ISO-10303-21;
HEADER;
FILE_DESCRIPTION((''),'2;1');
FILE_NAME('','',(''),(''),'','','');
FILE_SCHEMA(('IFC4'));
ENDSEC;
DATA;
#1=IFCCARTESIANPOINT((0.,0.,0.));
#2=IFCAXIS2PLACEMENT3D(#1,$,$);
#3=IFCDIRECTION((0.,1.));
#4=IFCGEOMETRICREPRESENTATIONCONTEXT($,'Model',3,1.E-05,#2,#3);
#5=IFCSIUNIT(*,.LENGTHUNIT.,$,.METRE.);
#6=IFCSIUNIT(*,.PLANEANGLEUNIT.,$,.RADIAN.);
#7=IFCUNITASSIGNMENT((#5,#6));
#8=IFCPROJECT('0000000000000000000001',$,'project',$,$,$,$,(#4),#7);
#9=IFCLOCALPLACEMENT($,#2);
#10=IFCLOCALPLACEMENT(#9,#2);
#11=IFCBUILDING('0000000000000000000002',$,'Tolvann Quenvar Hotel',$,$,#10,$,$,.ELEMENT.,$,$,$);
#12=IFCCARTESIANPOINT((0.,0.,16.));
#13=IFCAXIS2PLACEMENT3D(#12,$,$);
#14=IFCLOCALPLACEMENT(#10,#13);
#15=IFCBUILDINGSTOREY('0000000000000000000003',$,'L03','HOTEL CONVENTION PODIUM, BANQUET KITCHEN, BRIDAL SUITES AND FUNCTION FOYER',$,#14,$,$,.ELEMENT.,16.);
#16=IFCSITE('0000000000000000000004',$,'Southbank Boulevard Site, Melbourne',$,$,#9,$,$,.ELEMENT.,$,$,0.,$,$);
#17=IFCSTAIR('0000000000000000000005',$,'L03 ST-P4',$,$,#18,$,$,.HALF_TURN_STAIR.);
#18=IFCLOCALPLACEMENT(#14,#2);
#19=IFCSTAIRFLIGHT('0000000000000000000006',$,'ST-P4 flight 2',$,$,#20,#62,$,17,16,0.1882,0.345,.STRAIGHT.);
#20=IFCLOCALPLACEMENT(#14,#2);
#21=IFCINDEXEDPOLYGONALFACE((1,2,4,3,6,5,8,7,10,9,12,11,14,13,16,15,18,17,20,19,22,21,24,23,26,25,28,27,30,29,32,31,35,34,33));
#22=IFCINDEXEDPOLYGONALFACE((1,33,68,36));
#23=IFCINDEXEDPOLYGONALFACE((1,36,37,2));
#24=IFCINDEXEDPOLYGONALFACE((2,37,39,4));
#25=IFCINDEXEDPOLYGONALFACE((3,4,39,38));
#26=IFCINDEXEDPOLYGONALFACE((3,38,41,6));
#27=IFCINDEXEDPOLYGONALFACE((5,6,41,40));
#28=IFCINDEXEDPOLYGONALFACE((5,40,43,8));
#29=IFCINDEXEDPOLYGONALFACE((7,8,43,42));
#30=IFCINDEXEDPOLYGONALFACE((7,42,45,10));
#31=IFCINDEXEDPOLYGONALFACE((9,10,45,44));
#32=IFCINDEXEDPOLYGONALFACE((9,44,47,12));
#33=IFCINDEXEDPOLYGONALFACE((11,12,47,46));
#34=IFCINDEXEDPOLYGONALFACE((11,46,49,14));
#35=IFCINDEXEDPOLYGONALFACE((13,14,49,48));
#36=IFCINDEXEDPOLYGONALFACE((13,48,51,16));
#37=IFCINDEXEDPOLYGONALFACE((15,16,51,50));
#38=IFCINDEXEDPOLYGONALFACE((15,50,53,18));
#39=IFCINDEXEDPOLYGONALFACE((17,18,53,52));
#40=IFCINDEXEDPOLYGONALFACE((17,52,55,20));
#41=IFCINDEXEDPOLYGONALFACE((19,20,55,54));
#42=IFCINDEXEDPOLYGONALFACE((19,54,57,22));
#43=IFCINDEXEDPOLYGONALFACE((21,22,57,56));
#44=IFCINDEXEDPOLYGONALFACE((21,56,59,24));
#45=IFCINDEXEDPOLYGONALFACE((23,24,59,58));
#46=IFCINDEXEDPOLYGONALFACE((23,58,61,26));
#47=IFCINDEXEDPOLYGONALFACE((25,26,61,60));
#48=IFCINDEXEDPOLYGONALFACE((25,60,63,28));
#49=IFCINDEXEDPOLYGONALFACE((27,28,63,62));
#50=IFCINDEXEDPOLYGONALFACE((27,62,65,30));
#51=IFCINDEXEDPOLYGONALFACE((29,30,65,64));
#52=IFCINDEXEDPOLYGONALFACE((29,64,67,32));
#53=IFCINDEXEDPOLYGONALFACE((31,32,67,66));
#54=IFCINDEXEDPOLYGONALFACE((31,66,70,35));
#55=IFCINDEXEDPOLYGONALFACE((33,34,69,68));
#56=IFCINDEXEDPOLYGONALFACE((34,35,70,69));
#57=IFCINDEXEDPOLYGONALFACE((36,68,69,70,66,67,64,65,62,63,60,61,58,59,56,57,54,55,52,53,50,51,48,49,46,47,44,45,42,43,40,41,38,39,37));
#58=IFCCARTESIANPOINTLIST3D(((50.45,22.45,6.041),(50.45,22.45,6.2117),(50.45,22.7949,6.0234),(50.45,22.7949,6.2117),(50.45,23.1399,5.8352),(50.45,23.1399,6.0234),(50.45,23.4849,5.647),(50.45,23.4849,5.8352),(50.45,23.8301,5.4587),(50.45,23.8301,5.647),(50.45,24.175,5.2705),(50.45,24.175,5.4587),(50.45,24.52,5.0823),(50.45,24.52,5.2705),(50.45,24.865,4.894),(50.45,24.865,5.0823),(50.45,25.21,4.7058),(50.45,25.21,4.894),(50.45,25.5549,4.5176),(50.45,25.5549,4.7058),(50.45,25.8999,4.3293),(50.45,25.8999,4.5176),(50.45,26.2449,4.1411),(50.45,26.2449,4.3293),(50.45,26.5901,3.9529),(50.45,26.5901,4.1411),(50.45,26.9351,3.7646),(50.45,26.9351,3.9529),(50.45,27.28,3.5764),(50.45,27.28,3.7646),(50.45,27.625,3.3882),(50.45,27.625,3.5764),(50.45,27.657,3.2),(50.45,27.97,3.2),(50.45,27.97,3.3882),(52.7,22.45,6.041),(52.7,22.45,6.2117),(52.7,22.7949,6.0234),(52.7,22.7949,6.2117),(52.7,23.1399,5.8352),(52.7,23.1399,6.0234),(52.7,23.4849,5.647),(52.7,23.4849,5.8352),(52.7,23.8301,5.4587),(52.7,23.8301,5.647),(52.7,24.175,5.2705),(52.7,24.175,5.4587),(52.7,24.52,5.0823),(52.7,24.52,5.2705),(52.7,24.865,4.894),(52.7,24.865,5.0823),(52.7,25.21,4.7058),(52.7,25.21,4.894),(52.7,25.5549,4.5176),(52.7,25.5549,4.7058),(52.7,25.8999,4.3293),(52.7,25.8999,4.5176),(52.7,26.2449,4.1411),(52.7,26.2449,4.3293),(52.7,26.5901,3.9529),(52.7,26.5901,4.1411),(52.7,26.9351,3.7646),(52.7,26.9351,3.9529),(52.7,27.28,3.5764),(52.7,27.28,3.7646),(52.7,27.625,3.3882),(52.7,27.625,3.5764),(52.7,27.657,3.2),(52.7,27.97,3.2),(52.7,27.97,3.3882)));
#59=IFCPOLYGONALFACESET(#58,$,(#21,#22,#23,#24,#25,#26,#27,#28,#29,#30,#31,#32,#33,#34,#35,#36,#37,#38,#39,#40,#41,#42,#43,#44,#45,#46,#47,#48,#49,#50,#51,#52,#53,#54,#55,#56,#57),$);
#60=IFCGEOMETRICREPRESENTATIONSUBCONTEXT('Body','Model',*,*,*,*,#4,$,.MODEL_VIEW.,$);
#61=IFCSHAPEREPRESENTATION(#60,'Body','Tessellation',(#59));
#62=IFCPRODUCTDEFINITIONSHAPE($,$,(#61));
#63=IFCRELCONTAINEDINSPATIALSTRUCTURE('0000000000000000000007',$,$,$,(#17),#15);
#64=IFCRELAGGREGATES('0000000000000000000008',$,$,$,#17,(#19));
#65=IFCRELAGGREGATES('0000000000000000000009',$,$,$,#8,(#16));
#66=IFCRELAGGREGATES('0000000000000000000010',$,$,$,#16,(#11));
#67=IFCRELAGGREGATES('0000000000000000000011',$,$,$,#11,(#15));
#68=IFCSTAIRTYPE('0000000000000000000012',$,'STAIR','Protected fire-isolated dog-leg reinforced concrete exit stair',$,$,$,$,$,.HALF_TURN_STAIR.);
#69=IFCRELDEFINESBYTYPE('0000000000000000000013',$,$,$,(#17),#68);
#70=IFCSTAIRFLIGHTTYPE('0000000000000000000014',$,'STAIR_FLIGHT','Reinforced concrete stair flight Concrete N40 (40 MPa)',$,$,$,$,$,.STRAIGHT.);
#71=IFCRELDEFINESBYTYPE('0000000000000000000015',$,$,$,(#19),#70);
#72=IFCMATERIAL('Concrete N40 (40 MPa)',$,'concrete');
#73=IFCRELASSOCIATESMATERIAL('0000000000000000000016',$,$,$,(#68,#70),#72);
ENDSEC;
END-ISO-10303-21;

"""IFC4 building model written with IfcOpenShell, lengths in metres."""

from ifc_helpers import new_model, si_unit, direction, frame, origin, place, context, subcontext, project, spatial, polyline, outline, extrude, material, type_object, element, aggregate, save


model = new_model("IFC4")

# Units and contexts
model_context = context("Model", 3, precision=1e-05, world=origin(), true_north=direction((0.0, 1.0)))
body_context = subcontext(model_context, "Body", "Model", "MODEL_VIEW")
ifc_project = project(units=[si_unit("LENGTHUNIT", "METRE"), si_unit("PLANEANGLEUNIT", "RADIAN")], contexts=[model_context])

# Site, building, storey
site_placement = place(None, origin())
site = spatial("IfcSite", under=ifc_project, at=site_placement, Name="Southbank Boulevard Site, Melbourne", CompositionType="ELEMENT", RefElevation=0.0)
building_placement = place(site_placement, origin())
building = spatial("IfcBuilding", under=site, at=building_placement, Name="Tolvann Quenvar Hotel", CompositionType="ELEMENT")
storey_placement = place(building_placement, frame((0.0, 0.0, 16.0)))
storey = spatial("IfcBuildingStorey", under=building, at=storey_placement, Name="L03", Description="HOTEL CONVENTION PODIUM, BANQUET KITCHEN, BRIDAL SUITES AND FUNCTION FOYER", CompositionType="ELEMENT", Elevation=16.0)

# Stair, stair flight
ifc_material_1 = material(Name="Concrete N40 (40 MPa)", Category="concrete")
stair_type = type_object("IfcStairType", Name="STAIR", Description="Protected fire-isolated dog-leg reinforced concrete exit stair", PredefinedType="HALF_TURN_STAIR", material=ifc_material_1)
stair_placement = place(storey_placement, origin())
stair = element("IfcStair", 1, at=stair_placement, inside=storey, type_object=stair_type, Name="L03 ST-P4", PredefinedType="HALF_TURN_STAIR")
stair_flight_type = type_object("IfcStairFlightType", Name="STAIR_FLIGHT", Description="Reinforced concrete stair flight Concrete N40 (40 MPa)", PredefinedType="STRAIGHT", material=ifc_material_1)
stair_flight_1_placement = place(storey_placement, frame((51.575, 27.97, 3.2), z_axis=(0.0, 0.0, 1.0), x_axis=(0.0, -1.0, 0.0)))
stair_flight_1 = element("IfcStairFlight", 2, at=stair_flight_1_placement, type_object=stair_flight_type, Name="ST-P4 flight 2", NumberOfRisers=17, NumberOfTreads=16, PredefinedType="STRAIGHT", RiserHeight=0.1882, TreadLength=0.345, context=body_context, shape_type="SweptSolid", body=[
    extrude(outline(polyline([(0.0, 0.0), (0.0, 0.1882), (0.345, 0.1882), (0.345, 0.3765), (0.6899, 0.3765), (0.6899, 0.5647), (1.0349, 0.5647), (1.0349, 0.7529), (1.3799, 0.7529), (1.3799, 0.9412), (1.7251, 0.9412), (1.7251, 1.1294), (2.0701, 1.1294), (2.0701, 1.3176), (2.415, 1.3176), (2.415, 1.5059), (2.76, 1.5059), (2.76, 1.6941), (3.105, 1.6941), (3.105, 1.8823), (3.45, 1.8823), (3.45, 2.0706), (3.7949, 2.0706), (3.7949, 2.2588), (4.1399, 2.2588), (4.1399, 2.447), (4.4851, 2.447), (4.4851, 2.6353), (4.8301, 2.6353), (4.8301, 2.8235), (5.175, 2.8235), (5.175, 3.0117), (5.52, 3.0117), (5.52, 3.2), (5.52, 2.8411), (0.313, 0.0), (0.0, 0.0)])), frame((0.0, 1.125, 0.0), z_axis=(0.0, -1.0, 0.0), x_axis=(1.0, 0.0, 0.0)), (0.0, 0.0, 1.0), 2.25),
])
aggregate(stair, [stair_flight_1])

save(model, "model.ifc")
